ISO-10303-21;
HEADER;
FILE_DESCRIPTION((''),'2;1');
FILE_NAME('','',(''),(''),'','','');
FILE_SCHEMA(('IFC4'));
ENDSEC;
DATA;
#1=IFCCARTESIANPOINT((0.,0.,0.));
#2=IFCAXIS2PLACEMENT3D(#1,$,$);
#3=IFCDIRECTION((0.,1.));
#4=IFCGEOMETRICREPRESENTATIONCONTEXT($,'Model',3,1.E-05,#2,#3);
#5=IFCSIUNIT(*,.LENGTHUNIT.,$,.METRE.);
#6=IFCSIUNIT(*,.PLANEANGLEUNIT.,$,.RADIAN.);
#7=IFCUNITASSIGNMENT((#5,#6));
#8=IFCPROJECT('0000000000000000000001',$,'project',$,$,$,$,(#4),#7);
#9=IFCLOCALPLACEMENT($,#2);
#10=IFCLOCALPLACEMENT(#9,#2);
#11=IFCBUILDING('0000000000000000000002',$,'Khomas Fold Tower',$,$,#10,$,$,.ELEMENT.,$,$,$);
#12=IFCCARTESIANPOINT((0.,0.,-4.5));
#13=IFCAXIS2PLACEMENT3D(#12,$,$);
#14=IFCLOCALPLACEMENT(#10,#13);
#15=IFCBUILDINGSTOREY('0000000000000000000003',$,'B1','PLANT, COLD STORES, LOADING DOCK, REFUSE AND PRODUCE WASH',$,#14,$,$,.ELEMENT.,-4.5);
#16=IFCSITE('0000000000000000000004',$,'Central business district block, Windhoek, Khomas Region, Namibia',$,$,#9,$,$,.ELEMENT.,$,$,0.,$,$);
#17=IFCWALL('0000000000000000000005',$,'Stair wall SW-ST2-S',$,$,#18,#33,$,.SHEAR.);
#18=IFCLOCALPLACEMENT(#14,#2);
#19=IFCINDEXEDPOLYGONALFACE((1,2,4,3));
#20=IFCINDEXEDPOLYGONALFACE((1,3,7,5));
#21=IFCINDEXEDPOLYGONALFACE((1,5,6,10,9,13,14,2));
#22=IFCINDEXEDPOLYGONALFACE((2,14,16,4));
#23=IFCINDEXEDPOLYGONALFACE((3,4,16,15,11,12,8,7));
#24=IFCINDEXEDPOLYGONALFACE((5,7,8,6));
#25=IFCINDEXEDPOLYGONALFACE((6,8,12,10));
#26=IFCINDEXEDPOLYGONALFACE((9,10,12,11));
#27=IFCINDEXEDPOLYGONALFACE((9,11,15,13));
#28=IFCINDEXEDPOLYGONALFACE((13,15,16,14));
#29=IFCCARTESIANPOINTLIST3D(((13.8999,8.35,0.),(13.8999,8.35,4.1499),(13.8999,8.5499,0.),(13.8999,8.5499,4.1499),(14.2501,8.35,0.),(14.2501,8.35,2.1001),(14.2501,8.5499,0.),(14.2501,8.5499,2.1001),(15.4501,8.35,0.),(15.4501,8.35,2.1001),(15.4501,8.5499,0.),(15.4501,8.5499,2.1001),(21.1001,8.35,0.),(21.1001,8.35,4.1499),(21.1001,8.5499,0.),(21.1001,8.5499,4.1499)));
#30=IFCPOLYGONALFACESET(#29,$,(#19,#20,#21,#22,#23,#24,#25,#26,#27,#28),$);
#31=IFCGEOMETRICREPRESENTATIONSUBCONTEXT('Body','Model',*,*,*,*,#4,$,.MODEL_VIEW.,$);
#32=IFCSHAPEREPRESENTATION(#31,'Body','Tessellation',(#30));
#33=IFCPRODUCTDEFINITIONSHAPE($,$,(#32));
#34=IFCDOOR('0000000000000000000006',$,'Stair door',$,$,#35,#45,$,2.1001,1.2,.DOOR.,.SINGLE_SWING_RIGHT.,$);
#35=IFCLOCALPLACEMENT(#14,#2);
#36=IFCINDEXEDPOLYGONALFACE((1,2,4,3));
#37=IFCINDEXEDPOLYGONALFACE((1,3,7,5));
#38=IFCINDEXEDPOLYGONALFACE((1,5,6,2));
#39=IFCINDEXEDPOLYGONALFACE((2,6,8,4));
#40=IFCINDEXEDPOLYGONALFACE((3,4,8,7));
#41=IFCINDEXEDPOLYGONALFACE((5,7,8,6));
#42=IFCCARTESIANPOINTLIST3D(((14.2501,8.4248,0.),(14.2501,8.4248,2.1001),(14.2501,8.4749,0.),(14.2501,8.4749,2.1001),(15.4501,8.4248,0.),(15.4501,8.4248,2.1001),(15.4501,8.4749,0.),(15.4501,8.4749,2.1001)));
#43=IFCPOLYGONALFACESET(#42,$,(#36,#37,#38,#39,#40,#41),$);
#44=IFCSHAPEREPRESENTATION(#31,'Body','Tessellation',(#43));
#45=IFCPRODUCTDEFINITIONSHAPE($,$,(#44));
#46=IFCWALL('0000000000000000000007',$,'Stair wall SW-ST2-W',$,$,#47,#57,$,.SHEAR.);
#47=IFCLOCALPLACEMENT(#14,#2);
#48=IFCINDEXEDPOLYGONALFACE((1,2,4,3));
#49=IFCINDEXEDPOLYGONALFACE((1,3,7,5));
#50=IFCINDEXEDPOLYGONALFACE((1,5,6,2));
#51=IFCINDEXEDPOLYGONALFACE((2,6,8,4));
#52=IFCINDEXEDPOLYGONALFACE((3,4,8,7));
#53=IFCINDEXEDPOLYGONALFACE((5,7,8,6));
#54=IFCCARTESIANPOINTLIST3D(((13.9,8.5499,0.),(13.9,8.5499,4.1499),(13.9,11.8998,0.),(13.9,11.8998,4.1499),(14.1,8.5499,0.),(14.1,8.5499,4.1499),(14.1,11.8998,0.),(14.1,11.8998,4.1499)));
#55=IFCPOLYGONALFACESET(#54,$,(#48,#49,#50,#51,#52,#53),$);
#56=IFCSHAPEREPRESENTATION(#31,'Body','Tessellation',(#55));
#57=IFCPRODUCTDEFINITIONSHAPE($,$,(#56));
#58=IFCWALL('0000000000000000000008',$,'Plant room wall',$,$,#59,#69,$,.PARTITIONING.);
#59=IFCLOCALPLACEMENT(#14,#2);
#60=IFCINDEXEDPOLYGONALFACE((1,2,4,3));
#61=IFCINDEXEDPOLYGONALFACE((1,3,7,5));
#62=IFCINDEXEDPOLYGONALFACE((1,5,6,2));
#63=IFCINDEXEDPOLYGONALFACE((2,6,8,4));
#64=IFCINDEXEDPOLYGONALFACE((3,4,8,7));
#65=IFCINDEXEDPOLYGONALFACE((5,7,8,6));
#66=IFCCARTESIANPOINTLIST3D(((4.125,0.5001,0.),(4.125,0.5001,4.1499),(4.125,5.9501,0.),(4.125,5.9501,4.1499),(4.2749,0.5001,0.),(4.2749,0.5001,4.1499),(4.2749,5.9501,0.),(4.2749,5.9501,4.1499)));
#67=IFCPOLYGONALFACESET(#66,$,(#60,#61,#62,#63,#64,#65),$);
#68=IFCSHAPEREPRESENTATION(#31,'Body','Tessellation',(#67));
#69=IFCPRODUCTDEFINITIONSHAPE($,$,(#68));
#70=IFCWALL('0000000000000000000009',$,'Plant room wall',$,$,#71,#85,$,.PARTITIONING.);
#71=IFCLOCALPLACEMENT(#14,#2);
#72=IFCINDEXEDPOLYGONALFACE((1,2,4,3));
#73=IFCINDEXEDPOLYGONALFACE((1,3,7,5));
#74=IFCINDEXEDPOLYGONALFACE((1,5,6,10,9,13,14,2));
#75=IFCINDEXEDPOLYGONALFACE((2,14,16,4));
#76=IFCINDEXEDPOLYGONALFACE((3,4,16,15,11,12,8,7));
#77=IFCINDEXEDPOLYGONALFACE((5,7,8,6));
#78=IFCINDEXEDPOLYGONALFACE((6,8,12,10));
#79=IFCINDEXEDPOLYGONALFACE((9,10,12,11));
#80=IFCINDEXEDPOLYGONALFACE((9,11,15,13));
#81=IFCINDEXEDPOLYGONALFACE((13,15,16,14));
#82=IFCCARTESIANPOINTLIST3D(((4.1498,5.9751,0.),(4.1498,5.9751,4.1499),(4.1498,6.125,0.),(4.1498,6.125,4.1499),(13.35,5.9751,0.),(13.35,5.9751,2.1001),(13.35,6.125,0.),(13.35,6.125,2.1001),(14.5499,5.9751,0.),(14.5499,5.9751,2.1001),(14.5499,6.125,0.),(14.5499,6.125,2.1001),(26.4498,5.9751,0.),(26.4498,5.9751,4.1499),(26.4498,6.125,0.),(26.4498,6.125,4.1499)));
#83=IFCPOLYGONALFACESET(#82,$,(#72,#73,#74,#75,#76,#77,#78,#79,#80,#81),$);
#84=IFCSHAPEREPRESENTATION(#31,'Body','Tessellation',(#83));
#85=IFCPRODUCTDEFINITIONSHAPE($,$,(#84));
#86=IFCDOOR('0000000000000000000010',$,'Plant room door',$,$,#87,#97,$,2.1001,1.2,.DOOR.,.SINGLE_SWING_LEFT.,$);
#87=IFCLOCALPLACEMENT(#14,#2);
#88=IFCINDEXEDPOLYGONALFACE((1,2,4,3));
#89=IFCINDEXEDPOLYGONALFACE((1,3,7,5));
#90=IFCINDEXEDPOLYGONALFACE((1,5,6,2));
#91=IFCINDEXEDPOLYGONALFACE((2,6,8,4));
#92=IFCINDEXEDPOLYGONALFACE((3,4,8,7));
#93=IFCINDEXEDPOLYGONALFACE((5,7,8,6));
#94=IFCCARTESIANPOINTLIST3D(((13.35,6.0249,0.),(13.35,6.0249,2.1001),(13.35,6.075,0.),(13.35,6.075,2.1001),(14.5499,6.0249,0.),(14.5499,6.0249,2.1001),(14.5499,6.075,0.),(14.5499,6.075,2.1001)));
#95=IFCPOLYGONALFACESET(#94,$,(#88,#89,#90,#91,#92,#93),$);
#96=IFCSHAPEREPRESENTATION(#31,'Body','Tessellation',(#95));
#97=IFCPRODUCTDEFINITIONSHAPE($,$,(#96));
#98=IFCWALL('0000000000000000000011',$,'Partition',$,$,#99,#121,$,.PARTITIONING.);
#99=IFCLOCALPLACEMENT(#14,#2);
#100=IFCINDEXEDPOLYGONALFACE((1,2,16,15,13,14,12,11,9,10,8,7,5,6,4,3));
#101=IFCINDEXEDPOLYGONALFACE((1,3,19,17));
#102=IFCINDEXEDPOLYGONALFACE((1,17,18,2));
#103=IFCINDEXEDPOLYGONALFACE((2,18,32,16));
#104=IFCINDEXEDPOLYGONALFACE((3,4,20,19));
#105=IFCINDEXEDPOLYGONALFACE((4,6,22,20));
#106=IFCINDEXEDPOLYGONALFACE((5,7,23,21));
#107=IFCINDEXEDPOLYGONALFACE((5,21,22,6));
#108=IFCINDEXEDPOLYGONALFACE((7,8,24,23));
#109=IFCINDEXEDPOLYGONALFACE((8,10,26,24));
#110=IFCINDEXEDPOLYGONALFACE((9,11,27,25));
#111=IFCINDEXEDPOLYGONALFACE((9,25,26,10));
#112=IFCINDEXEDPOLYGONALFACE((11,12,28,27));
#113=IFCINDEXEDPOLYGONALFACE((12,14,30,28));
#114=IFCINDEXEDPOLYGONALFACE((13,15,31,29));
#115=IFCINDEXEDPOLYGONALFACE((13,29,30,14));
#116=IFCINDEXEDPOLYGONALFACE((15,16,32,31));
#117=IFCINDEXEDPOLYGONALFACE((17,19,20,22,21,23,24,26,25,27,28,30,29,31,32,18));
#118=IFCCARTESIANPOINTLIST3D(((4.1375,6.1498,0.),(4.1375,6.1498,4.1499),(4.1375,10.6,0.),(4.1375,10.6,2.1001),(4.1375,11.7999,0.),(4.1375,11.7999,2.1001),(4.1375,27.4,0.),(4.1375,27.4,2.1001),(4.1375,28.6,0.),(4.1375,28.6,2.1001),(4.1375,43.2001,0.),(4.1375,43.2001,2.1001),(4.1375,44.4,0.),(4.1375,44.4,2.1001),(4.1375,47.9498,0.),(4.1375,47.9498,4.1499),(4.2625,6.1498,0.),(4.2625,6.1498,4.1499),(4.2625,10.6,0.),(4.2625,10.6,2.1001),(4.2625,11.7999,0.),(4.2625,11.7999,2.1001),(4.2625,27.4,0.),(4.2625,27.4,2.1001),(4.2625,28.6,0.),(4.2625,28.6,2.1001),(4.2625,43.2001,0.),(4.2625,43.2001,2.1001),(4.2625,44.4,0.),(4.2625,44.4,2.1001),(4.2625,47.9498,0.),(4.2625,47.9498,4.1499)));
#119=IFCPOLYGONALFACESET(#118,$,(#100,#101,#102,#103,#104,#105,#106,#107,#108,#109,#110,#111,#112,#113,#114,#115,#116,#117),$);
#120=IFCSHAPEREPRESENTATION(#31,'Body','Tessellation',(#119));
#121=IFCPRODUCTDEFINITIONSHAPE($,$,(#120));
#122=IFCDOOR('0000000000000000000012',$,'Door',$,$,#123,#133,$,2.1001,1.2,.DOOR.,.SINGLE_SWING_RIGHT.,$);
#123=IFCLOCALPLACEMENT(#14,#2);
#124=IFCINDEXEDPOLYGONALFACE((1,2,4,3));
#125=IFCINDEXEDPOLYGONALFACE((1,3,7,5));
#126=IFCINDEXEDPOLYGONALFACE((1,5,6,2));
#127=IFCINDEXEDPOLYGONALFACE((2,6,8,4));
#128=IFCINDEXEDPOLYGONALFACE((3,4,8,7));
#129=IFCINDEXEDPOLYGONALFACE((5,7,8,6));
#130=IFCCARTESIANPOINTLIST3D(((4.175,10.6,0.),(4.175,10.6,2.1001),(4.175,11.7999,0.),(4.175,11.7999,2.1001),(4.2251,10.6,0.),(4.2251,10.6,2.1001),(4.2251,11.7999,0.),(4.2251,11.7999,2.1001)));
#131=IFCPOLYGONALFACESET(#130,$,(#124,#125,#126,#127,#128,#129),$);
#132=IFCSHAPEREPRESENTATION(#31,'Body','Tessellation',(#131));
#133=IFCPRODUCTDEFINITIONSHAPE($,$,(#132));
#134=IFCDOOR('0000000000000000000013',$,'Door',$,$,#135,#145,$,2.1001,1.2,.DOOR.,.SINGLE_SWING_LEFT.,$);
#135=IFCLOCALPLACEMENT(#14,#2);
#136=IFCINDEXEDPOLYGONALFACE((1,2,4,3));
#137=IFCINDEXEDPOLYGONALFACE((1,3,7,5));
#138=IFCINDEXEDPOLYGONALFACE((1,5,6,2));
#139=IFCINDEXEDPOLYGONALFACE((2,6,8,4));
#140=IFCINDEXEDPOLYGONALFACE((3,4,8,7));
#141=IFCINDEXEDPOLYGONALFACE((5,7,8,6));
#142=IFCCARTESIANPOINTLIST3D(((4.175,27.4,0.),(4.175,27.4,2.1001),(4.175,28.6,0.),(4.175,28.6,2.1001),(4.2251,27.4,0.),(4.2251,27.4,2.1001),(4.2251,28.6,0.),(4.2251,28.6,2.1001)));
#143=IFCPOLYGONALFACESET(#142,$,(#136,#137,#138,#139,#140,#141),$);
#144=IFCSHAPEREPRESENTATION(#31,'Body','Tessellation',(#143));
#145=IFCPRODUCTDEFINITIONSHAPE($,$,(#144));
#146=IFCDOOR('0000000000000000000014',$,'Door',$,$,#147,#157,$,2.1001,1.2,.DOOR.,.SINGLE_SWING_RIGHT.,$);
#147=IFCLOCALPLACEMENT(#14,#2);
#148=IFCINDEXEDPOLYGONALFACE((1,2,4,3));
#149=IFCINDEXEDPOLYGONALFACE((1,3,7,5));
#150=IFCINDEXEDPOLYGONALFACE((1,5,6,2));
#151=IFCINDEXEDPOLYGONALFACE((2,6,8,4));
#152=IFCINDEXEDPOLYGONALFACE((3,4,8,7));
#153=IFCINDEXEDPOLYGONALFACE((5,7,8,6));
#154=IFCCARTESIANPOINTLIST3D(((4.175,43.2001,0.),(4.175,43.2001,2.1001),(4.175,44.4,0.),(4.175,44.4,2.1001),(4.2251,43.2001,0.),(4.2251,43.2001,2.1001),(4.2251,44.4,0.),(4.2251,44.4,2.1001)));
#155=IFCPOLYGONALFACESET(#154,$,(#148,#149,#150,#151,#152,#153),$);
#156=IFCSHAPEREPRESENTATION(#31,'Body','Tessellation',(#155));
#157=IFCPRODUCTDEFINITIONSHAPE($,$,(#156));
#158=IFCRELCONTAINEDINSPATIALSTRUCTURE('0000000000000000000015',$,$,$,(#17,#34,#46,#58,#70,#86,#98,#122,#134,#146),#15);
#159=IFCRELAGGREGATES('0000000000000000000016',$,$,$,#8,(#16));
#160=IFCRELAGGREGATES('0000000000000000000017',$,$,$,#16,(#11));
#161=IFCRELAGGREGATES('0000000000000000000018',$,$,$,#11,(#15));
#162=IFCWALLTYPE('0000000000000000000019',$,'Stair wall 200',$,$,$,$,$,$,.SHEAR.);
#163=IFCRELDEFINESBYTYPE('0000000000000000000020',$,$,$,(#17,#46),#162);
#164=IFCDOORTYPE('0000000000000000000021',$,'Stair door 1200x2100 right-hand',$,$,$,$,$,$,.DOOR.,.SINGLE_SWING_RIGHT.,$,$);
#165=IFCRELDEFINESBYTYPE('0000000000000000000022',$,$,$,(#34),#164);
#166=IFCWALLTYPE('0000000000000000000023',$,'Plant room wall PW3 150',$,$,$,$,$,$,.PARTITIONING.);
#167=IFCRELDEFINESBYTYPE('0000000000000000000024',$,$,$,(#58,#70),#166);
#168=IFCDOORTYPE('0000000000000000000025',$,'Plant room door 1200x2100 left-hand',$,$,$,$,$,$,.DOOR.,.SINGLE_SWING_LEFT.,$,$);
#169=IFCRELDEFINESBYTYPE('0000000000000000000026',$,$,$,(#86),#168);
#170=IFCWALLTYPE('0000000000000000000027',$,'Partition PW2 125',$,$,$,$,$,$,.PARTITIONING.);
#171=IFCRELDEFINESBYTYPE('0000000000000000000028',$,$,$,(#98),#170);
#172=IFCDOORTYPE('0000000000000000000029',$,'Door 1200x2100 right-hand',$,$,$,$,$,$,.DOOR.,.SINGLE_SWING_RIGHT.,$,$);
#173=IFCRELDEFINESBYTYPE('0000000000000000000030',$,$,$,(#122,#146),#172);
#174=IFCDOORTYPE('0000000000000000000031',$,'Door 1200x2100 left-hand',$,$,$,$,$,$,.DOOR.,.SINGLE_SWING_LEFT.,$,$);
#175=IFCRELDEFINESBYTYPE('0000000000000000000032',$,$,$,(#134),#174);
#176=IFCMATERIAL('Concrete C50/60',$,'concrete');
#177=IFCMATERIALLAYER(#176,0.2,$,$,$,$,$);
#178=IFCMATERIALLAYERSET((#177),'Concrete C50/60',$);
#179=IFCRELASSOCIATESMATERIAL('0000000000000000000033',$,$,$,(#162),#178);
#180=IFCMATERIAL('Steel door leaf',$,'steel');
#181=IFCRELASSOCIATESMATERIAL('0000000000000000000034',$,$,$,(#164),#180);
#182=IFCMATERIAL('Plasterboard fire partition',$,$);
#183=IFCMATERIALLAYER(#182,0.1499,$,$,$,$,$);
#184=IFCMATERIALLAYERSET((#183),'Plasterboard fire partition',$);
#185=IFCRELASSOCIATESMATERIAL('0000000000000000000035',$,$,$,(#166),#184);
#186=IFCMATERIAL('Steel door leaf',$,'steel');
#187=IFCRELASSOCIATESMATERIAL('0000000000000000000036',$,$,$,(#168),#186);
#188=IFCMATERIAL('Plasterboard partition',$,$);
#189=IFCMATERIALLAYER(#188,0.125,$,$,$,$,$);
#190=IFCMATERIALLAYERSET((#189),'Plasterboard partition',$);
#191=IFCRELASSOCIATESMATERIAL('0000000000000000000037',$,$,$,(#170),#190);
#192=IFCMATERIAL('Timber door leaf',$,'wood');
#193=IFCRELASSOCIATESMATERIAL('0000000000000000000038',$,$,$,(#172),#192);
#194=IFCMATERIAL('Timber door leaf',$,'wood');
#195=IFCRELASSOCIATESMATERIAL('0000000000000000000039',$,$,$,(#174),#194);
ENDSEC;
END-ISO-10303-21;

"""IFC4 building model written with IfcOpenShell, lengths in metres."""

from ifc_helpers import new_model, si_unit, direction, frame, frame_2d, origin, place, context, subcontext, project, spatial, rectangle, extrude, source, transform, mapped, material, layer, layer_set, type_object, element, fill, save


model = new_model("IFC4")

# Units and contexts
model_context = context("Model", 3, precision=1e-05, world=origin(), true_north=direction((0.0, 1.0)))
body_context = subcontext(model_context, "Body", "Model", "MODEL_VIEW")
ifc_project = project(units=[si_unit("LENGTHUNIT", "METRE"), si_unit("PLANEANGLEUNIT", "RADIAN")], contexts=[model_context])

# Site, building, storey
site_placement = place(None, origin())
site = spatial("IfcSite", under=ifc_project, at=site_placement, Name="Central business district block, Windhoek, Khomas Region, Namibia", CompositionType="ELEMENT", RefElevation=0.0)
building_placement = place(site_placement, origin())
building = spatial("IfcBuilding", under=site, at=building_placement, Name="Khomas Fold Tower", CompositionType="ELEMENT")
storey_placement = place(building_placement, frame((0.0, 0.0, -4.5)))
storey = spatial("IfcBuildingStorey", under=building, at=storey_placement, Name="B1", Description="PLANT, COLD STORES, LOADING DOCK, REFUSE AND PRODUCE WASH", CompositionType="ELEMENT", Elevation=-4.5)

# Wall, opening, door
ifc_material_1 = material(Name="Concrete C50/60", Category="concrete")
ifc_layer_1 = layer(ifc_material_1, 0.2)
ifc_layer_set_1 = layer_set([ifc_layer_1], Name="Concrete C50/60")
wall_type_1 = type_object("IfcWallType", Name="Stair wall 200", PredefinedType="SHEAR", material=ifc_layer_set_1)
shared_shape_1 = source(origin(), body_context, "Body", "SweptSolid", [
    extrude(rectangle(XDim=7.2002, YDim=0.2, at=frame_2d((3.6001, 0.0))), origin(), (0.0, 0.0, 1.0), 4.1499),
])
wall_1_placement = place(storey_placement, frame((13.8999, 8.45, 0.0), z_axis=(0.0, 0.0, 1.0), x_axis=(1.0, 0.0, 0.0)))
wall_1 = element("IfcWall", 1, at=wall_1_placement, inside=storey, type_object=wall_type_1, Name="Stair wall SW-ST2-S", PredefinedType="SHEAR", context=body_context, shape_type="MappedRepresentation", body=[
    mapped(shared_shape_1, transform((0.0, 0.0, 0.0))),
])
shared_shape_2 = source(origin(), body_context, "Body", "SweptSolid", [
    extrude(rectangle(XDim=1.2, YDim=2.1001, at=frame_2d((0.6001, 1.05))), frame((0.0, 0.1099, 0.0), z_axis=(0.0, -1.0, 0.0), x_axis=(1.0, 0.0, 0.0)), (0.0, 0.0, 1.0), 0.22),
])
opening_1_placement = place(wall_1_placement, frame((0.3501, 0.0, 0.0)))
opening_1 = element("IfcOpeningElement", 2, at=opening_1_placement, cuts=wall_1, PredefinedType="OPENING", context=body_context, shape_type="MappedRepresentation", body=[
    mapped(shared_shape_2, transform((0.0, 0.0, 0.0))),
])
ifc_material_2 = material(Name="Steel door leaf", Category="steel")
door_type_1 = type_object("IfcDoorType", Name="Stair door 1200x2100 right-hand", OperationType="SINGLE_SWING_RIGHT", PredefinedType="DOOR", material=ifc_material_2)
shared_shape_3 = source(origin(), body_context, "Body", "SweptSolid", [
    extrude(rectangle(XDim=1.2, YDim=2.1001, at=frame_2d((0.6001, 1.05))), frame((0.0, 0.0249, 0.0), z_axis=(0.0, -1.0, 0.0), x_axis=(1.0, 0.0, 0.0)), (0.0, 0.0, 1.0), 0.05),
])
door_1_placement = place(opening_1_placement, origin())
door_1 = element("IfcDoor", 3, at=door_1_placement, inside=storey, type_object=door_type_1, Name="Stair door", OperationType="SINGLE_SWING_RIGHT", OverallHeight=2.1001, OverallWidth=1.2, PredefinedType="DOOR", context=body_context, shape_type="MappedRepresentation", body=[
    mapped(shared_shape_3, transform((0.0, 0.0, 0.0))),
])
fill(opening_1, door_1)

# Walls
shared_shape_4 = source(origin(), body_context, "Body", "SweptSolid", [
    extrude(rectangle(XDim=3.3499, YDim=0.2, at=frame_2d((1.6748, 0.0))), origin(), (0.0, 0.0, 1.0), 4.1499),
])
wall_2_placement = place(storey_placement, frame((14.0, 8.55, 0.0), z_axis=(0.0, 0.0, 1.0), x_axis=(0.0, 1.0, 0.0)))
element("IfcWall", 4, at=wall_2_placement, inside=storey, type_object=wall_type_1, Name="Stair wall SW-ST2-W", PredefinedType="SHEAR", context=body_context, shape_type="MappedRepresentation", body=[
    mapped(shared_shape_4, transform((0.0, 0.0, 0.0))),
])
ifc_material_3 = material(Name="Plasterboard fire partition")
ifc_layer_2 = layer(ifc_material_3, 0.1499)
ifc_layer_set_2 = layer_set([ifc_layer_2], Name="Plasterboard fire partition")
wall_type_2 = type_object("IfcWallType", Name="Plant room wall PW3 150", PredefinedType="PARTITIONING", material=ifc_layer_set_2)
shared_shape_5 = source(origin(), body_context, "Body", "SweptSolid", [
    extrude(rectangle(XDim=5.45, YDim=0.1499, at=frame_2d((2.7251, 0.0))), origin(), (0.0, 0.0, 1.0), 4.1499),
])
wall_3_placement = place(storey_placement, frame((4.2, 0.5, 0.0), z_axis=(0.0, 0.0, 1.0), x_axis=(0.0, 1.0, 0.0)))
element("IfcWall", 5, at=wall_3_placement, inside=storey, type_object=wall_type_2, Name="Plant room wall", PredefinedType="PARTITIONING", context=body_context, shape_type="MappedRepresentation", body=[
    mapped(shared_shape_5, transform((0.0, 0.0, 0.0))),
])

# Wall, opening, door
shared_shape_6 = source(origin(), body_context, "Body", "SweptSolid", [
    extrude(rectangle(XDim=22.3, YDim=0.1499, at=frame_2d((11.1499, 0.0))), origin(), (0.0, 0.0, 1.0), 4.1499),
])
wall_4_placement = place(storey_placement, frame((4.1499, 6.05, 0.0), z_axis=(0.0, 0.0, 1.0), x_axis=(1.0, 0.0, 0.0)))
wall_4 = element("IfcWall", 6, at=wall_4_placement, inside=storey, type_object=wall_type_2, Name="Plant room wall", PredefinedType="PARTITIONING", context=body_context, shape_type="MappedRepresentation", body=[
    mapped(shared_shape_6, transform((0.0, 0.0, 0.0))),
])
shared_shape_7 = source(origin(), body_context, "Body", "SweptSolid", [
    extrude(rectangle(XDim=1.2, YDim=2.1001, at=frame_2d((0.6001, 1.05))), frame((0.0, 0.085, 0.0), z_axis=(0.0, -1.0, 0.0), x_axis=(1.0, 0.0, 0.0)), (0.0, 0.0, 1.0), 0.1699),
])
opening_2_placement = place(wall_4_placement, frame((9.2, 0.0, 0.0)))
opening_2 = element("IfcOpeningElement", 7, at=opening_2_placement, cuts=wall_4, PredefinedType="OPENING", context=body_context, shape_type="MappedRepresentation", body=[
    mapped(shared_shape_7, transform((0.0, 0.0, 0.0))),
])
ifc_material_4 = material(Name="Steel door leaf", Category="steel")
door_type_2 = type_object("IfcDoorType", Name="Plant room door 1200x2100 left-hand", OperationType="SINGLE_SWING_LEFT", PredefinedType="DOOR", material=ifc_material_4)
door_2_placement = place(opening_2_placement, origin())
door_2 = element("IfcDoor", 8, at=door_2_placement, inside=storey, type_object=door_type_2, Name="Plant room door", OperationType="SINGLE_SWING_LEFT", OverallHeight=2.1001, OverallWidth=1.2, PredefinedType="DOOR", context=body_context, shape_type="MappedRepresentation", body=[
    mapped(shared_shape_3, transform((0.0, 0.0, 0.0))),
])
fill(opening_2, door_2)

# Wall, openings, doors
ifc_material_5 = material(Name="Plasterboard partition")
ifc_layer_3 = layer(ifc_material_5, 0.125)
ifc_layer_set_3 = layer_set([ifc_layer_3], Name="Plasterboard partition")
wall_type_3 = type_object("IfcWallType", Name="Partition PW2 125", PredefinedType="PARTITIONING", material=ifc_layer_set_3)
shared_shape_8 = source(origin(), body_context, "Body", "SweptSolid", [
    extrude(rectangle(XDim=41.8, YDim=0.125, at=frame_2d((20.8999, 0.0))), origin(), (0.0, 0.0, 1.0), 4.1499),
])
wall_5_placement = place(storey_placement, frame((4.2, 6.1499, 0.0), z_axis=(0.0, 0.0, 1.0), x_axis=(0.0, 1.0, 0.0)))
wall_5 = element("IfcWall", 9, at=wall_5_placement, inside=storey, type_object=wall_type_3, Name="Partition", PredefinedType="PARTITIONING", context=body_context, shape_type="MappedRepresentation", body=[
    mapped(shared_shape_8, transform((0.0, 0.0, 0.0))),
])
shared_shape_9 = source(origin(), body_context, "Body", "SweptSolid", [
    extrude(rectangle(XDim=1.2, YDim=2.1001, at=frame_2d((0.6001, 1.05))), frame((0.0, 0.0725, 0.0), z_axis=(0.0, -1.0, 0.0), x_axis=(1.0, 0.0, 0.0)), (0.0, 0.0, 1.0), 0.145),
])
opening_3_placement = place(wall_5_placement, frame((4.45, 0.0, 0.0)))
opening_3 = element("IfcOpeningElement", 10, at=opening_3_placement, cuts=wall_5, PredefinedType="OPENING", context=body_context, shape_type="MappedRepresentation", body=[
    mapped(shared_shape_9, transform((0.0, 0.0, 0.0))),
])
opening_4_placement = place(wall_5_placement, frame((21.25, 0.0, 0.0)))
opening_4 = element("IfcOpeningElement", 11, at=opening_4_placement, cuts=wall_5, PredefinedType="OPENING", context=body_context, shape_type="MappedRepresentation", body=[
    mapped(shared_shape_9, transform((0.0, 0.0, 0.0))),
])
opening_5_placement = place(wall_5_placement, frame((37.05, 0.0, 0.0)))
opening_5 = element("IfcOpeningElement", 12, at=opening_5_placement, cuts=wall_5, PredefinedType="OPENING", context=body_context, shape_type="MappedRepresentation", body=[
    mapped(shared_shape_9, transform((0.0, 0.0, 0.0))),
])
ifc_material_6 = material(Name="Timber door leaf", Category="wood")
door_type_3 = type_object("IfcDoorType", Name="Door 1200x2100 right-hand", OperationType="SINGLE_SWING_RIGHT", PredefinedType="DOOR", material=ifc_material_6)
door_3_placement = place(opening_3_placement, origin())
door_3 = element("IfcDoor", 13, at=door_3_placement, inside=storey, type_object=door_type_3, Name="Door", OperationType="SINGLE_SWING_RIGHT", OverallHeight=2.1001, OverallWidth=1.2, PredefinedType="DOOR", context=body_context, shape_type="MappedRepresentation", body=[
    mapped(shared_shape_3, transform((0.0, 0.0, 0.0))),
])
fill(opening_3, door_3)
ifc_material_7 = material(Name="Timber door leaf", Category="wood")
door_type_4 = type_object("IfcDoorType", Name="Door 1200x2100 left-hand", OperationType="SINGLE_SWING_LEFT", PredefinedType="DOOR", material=ifc_material_7)
door_4_placement = place(opening_4_placement, origin())
door_4 = element("IfcDoor", 14, at=door_4_placement, inside=storey, type_object=door_type_4, Name="Door", OperationType="SINGLE_SWING_LEFT", OverallHeight=2.1001, OverallWidth=1.2, PredefinedType="DOOR", context=body_context, shape_type="MappedRepresentation", body=[
    mapped(shared_shape_3, transform((0.0, 0.0, 0.0))),
])
fill(opening_4, door_4)
door_5_placement = place(opening_5_placement, origin())
door_5 = element("IfcDoor", 15, at=door_5_placement, inside=storey, type_object=door_type_3, Name="Door", OperationType="SINGLE_SWING_RIGHT", OverallHeight=2.1001, OverallWidth=1.2, PredefinedType="DOOR", context=body_context, shape_type="MappedRepresentation", body=[
    mapped(shared_shape_3, transform((0.0, 0.0, 0.0))),
])
fill(opening_5, door_5)

save(model, "model.ifc")
